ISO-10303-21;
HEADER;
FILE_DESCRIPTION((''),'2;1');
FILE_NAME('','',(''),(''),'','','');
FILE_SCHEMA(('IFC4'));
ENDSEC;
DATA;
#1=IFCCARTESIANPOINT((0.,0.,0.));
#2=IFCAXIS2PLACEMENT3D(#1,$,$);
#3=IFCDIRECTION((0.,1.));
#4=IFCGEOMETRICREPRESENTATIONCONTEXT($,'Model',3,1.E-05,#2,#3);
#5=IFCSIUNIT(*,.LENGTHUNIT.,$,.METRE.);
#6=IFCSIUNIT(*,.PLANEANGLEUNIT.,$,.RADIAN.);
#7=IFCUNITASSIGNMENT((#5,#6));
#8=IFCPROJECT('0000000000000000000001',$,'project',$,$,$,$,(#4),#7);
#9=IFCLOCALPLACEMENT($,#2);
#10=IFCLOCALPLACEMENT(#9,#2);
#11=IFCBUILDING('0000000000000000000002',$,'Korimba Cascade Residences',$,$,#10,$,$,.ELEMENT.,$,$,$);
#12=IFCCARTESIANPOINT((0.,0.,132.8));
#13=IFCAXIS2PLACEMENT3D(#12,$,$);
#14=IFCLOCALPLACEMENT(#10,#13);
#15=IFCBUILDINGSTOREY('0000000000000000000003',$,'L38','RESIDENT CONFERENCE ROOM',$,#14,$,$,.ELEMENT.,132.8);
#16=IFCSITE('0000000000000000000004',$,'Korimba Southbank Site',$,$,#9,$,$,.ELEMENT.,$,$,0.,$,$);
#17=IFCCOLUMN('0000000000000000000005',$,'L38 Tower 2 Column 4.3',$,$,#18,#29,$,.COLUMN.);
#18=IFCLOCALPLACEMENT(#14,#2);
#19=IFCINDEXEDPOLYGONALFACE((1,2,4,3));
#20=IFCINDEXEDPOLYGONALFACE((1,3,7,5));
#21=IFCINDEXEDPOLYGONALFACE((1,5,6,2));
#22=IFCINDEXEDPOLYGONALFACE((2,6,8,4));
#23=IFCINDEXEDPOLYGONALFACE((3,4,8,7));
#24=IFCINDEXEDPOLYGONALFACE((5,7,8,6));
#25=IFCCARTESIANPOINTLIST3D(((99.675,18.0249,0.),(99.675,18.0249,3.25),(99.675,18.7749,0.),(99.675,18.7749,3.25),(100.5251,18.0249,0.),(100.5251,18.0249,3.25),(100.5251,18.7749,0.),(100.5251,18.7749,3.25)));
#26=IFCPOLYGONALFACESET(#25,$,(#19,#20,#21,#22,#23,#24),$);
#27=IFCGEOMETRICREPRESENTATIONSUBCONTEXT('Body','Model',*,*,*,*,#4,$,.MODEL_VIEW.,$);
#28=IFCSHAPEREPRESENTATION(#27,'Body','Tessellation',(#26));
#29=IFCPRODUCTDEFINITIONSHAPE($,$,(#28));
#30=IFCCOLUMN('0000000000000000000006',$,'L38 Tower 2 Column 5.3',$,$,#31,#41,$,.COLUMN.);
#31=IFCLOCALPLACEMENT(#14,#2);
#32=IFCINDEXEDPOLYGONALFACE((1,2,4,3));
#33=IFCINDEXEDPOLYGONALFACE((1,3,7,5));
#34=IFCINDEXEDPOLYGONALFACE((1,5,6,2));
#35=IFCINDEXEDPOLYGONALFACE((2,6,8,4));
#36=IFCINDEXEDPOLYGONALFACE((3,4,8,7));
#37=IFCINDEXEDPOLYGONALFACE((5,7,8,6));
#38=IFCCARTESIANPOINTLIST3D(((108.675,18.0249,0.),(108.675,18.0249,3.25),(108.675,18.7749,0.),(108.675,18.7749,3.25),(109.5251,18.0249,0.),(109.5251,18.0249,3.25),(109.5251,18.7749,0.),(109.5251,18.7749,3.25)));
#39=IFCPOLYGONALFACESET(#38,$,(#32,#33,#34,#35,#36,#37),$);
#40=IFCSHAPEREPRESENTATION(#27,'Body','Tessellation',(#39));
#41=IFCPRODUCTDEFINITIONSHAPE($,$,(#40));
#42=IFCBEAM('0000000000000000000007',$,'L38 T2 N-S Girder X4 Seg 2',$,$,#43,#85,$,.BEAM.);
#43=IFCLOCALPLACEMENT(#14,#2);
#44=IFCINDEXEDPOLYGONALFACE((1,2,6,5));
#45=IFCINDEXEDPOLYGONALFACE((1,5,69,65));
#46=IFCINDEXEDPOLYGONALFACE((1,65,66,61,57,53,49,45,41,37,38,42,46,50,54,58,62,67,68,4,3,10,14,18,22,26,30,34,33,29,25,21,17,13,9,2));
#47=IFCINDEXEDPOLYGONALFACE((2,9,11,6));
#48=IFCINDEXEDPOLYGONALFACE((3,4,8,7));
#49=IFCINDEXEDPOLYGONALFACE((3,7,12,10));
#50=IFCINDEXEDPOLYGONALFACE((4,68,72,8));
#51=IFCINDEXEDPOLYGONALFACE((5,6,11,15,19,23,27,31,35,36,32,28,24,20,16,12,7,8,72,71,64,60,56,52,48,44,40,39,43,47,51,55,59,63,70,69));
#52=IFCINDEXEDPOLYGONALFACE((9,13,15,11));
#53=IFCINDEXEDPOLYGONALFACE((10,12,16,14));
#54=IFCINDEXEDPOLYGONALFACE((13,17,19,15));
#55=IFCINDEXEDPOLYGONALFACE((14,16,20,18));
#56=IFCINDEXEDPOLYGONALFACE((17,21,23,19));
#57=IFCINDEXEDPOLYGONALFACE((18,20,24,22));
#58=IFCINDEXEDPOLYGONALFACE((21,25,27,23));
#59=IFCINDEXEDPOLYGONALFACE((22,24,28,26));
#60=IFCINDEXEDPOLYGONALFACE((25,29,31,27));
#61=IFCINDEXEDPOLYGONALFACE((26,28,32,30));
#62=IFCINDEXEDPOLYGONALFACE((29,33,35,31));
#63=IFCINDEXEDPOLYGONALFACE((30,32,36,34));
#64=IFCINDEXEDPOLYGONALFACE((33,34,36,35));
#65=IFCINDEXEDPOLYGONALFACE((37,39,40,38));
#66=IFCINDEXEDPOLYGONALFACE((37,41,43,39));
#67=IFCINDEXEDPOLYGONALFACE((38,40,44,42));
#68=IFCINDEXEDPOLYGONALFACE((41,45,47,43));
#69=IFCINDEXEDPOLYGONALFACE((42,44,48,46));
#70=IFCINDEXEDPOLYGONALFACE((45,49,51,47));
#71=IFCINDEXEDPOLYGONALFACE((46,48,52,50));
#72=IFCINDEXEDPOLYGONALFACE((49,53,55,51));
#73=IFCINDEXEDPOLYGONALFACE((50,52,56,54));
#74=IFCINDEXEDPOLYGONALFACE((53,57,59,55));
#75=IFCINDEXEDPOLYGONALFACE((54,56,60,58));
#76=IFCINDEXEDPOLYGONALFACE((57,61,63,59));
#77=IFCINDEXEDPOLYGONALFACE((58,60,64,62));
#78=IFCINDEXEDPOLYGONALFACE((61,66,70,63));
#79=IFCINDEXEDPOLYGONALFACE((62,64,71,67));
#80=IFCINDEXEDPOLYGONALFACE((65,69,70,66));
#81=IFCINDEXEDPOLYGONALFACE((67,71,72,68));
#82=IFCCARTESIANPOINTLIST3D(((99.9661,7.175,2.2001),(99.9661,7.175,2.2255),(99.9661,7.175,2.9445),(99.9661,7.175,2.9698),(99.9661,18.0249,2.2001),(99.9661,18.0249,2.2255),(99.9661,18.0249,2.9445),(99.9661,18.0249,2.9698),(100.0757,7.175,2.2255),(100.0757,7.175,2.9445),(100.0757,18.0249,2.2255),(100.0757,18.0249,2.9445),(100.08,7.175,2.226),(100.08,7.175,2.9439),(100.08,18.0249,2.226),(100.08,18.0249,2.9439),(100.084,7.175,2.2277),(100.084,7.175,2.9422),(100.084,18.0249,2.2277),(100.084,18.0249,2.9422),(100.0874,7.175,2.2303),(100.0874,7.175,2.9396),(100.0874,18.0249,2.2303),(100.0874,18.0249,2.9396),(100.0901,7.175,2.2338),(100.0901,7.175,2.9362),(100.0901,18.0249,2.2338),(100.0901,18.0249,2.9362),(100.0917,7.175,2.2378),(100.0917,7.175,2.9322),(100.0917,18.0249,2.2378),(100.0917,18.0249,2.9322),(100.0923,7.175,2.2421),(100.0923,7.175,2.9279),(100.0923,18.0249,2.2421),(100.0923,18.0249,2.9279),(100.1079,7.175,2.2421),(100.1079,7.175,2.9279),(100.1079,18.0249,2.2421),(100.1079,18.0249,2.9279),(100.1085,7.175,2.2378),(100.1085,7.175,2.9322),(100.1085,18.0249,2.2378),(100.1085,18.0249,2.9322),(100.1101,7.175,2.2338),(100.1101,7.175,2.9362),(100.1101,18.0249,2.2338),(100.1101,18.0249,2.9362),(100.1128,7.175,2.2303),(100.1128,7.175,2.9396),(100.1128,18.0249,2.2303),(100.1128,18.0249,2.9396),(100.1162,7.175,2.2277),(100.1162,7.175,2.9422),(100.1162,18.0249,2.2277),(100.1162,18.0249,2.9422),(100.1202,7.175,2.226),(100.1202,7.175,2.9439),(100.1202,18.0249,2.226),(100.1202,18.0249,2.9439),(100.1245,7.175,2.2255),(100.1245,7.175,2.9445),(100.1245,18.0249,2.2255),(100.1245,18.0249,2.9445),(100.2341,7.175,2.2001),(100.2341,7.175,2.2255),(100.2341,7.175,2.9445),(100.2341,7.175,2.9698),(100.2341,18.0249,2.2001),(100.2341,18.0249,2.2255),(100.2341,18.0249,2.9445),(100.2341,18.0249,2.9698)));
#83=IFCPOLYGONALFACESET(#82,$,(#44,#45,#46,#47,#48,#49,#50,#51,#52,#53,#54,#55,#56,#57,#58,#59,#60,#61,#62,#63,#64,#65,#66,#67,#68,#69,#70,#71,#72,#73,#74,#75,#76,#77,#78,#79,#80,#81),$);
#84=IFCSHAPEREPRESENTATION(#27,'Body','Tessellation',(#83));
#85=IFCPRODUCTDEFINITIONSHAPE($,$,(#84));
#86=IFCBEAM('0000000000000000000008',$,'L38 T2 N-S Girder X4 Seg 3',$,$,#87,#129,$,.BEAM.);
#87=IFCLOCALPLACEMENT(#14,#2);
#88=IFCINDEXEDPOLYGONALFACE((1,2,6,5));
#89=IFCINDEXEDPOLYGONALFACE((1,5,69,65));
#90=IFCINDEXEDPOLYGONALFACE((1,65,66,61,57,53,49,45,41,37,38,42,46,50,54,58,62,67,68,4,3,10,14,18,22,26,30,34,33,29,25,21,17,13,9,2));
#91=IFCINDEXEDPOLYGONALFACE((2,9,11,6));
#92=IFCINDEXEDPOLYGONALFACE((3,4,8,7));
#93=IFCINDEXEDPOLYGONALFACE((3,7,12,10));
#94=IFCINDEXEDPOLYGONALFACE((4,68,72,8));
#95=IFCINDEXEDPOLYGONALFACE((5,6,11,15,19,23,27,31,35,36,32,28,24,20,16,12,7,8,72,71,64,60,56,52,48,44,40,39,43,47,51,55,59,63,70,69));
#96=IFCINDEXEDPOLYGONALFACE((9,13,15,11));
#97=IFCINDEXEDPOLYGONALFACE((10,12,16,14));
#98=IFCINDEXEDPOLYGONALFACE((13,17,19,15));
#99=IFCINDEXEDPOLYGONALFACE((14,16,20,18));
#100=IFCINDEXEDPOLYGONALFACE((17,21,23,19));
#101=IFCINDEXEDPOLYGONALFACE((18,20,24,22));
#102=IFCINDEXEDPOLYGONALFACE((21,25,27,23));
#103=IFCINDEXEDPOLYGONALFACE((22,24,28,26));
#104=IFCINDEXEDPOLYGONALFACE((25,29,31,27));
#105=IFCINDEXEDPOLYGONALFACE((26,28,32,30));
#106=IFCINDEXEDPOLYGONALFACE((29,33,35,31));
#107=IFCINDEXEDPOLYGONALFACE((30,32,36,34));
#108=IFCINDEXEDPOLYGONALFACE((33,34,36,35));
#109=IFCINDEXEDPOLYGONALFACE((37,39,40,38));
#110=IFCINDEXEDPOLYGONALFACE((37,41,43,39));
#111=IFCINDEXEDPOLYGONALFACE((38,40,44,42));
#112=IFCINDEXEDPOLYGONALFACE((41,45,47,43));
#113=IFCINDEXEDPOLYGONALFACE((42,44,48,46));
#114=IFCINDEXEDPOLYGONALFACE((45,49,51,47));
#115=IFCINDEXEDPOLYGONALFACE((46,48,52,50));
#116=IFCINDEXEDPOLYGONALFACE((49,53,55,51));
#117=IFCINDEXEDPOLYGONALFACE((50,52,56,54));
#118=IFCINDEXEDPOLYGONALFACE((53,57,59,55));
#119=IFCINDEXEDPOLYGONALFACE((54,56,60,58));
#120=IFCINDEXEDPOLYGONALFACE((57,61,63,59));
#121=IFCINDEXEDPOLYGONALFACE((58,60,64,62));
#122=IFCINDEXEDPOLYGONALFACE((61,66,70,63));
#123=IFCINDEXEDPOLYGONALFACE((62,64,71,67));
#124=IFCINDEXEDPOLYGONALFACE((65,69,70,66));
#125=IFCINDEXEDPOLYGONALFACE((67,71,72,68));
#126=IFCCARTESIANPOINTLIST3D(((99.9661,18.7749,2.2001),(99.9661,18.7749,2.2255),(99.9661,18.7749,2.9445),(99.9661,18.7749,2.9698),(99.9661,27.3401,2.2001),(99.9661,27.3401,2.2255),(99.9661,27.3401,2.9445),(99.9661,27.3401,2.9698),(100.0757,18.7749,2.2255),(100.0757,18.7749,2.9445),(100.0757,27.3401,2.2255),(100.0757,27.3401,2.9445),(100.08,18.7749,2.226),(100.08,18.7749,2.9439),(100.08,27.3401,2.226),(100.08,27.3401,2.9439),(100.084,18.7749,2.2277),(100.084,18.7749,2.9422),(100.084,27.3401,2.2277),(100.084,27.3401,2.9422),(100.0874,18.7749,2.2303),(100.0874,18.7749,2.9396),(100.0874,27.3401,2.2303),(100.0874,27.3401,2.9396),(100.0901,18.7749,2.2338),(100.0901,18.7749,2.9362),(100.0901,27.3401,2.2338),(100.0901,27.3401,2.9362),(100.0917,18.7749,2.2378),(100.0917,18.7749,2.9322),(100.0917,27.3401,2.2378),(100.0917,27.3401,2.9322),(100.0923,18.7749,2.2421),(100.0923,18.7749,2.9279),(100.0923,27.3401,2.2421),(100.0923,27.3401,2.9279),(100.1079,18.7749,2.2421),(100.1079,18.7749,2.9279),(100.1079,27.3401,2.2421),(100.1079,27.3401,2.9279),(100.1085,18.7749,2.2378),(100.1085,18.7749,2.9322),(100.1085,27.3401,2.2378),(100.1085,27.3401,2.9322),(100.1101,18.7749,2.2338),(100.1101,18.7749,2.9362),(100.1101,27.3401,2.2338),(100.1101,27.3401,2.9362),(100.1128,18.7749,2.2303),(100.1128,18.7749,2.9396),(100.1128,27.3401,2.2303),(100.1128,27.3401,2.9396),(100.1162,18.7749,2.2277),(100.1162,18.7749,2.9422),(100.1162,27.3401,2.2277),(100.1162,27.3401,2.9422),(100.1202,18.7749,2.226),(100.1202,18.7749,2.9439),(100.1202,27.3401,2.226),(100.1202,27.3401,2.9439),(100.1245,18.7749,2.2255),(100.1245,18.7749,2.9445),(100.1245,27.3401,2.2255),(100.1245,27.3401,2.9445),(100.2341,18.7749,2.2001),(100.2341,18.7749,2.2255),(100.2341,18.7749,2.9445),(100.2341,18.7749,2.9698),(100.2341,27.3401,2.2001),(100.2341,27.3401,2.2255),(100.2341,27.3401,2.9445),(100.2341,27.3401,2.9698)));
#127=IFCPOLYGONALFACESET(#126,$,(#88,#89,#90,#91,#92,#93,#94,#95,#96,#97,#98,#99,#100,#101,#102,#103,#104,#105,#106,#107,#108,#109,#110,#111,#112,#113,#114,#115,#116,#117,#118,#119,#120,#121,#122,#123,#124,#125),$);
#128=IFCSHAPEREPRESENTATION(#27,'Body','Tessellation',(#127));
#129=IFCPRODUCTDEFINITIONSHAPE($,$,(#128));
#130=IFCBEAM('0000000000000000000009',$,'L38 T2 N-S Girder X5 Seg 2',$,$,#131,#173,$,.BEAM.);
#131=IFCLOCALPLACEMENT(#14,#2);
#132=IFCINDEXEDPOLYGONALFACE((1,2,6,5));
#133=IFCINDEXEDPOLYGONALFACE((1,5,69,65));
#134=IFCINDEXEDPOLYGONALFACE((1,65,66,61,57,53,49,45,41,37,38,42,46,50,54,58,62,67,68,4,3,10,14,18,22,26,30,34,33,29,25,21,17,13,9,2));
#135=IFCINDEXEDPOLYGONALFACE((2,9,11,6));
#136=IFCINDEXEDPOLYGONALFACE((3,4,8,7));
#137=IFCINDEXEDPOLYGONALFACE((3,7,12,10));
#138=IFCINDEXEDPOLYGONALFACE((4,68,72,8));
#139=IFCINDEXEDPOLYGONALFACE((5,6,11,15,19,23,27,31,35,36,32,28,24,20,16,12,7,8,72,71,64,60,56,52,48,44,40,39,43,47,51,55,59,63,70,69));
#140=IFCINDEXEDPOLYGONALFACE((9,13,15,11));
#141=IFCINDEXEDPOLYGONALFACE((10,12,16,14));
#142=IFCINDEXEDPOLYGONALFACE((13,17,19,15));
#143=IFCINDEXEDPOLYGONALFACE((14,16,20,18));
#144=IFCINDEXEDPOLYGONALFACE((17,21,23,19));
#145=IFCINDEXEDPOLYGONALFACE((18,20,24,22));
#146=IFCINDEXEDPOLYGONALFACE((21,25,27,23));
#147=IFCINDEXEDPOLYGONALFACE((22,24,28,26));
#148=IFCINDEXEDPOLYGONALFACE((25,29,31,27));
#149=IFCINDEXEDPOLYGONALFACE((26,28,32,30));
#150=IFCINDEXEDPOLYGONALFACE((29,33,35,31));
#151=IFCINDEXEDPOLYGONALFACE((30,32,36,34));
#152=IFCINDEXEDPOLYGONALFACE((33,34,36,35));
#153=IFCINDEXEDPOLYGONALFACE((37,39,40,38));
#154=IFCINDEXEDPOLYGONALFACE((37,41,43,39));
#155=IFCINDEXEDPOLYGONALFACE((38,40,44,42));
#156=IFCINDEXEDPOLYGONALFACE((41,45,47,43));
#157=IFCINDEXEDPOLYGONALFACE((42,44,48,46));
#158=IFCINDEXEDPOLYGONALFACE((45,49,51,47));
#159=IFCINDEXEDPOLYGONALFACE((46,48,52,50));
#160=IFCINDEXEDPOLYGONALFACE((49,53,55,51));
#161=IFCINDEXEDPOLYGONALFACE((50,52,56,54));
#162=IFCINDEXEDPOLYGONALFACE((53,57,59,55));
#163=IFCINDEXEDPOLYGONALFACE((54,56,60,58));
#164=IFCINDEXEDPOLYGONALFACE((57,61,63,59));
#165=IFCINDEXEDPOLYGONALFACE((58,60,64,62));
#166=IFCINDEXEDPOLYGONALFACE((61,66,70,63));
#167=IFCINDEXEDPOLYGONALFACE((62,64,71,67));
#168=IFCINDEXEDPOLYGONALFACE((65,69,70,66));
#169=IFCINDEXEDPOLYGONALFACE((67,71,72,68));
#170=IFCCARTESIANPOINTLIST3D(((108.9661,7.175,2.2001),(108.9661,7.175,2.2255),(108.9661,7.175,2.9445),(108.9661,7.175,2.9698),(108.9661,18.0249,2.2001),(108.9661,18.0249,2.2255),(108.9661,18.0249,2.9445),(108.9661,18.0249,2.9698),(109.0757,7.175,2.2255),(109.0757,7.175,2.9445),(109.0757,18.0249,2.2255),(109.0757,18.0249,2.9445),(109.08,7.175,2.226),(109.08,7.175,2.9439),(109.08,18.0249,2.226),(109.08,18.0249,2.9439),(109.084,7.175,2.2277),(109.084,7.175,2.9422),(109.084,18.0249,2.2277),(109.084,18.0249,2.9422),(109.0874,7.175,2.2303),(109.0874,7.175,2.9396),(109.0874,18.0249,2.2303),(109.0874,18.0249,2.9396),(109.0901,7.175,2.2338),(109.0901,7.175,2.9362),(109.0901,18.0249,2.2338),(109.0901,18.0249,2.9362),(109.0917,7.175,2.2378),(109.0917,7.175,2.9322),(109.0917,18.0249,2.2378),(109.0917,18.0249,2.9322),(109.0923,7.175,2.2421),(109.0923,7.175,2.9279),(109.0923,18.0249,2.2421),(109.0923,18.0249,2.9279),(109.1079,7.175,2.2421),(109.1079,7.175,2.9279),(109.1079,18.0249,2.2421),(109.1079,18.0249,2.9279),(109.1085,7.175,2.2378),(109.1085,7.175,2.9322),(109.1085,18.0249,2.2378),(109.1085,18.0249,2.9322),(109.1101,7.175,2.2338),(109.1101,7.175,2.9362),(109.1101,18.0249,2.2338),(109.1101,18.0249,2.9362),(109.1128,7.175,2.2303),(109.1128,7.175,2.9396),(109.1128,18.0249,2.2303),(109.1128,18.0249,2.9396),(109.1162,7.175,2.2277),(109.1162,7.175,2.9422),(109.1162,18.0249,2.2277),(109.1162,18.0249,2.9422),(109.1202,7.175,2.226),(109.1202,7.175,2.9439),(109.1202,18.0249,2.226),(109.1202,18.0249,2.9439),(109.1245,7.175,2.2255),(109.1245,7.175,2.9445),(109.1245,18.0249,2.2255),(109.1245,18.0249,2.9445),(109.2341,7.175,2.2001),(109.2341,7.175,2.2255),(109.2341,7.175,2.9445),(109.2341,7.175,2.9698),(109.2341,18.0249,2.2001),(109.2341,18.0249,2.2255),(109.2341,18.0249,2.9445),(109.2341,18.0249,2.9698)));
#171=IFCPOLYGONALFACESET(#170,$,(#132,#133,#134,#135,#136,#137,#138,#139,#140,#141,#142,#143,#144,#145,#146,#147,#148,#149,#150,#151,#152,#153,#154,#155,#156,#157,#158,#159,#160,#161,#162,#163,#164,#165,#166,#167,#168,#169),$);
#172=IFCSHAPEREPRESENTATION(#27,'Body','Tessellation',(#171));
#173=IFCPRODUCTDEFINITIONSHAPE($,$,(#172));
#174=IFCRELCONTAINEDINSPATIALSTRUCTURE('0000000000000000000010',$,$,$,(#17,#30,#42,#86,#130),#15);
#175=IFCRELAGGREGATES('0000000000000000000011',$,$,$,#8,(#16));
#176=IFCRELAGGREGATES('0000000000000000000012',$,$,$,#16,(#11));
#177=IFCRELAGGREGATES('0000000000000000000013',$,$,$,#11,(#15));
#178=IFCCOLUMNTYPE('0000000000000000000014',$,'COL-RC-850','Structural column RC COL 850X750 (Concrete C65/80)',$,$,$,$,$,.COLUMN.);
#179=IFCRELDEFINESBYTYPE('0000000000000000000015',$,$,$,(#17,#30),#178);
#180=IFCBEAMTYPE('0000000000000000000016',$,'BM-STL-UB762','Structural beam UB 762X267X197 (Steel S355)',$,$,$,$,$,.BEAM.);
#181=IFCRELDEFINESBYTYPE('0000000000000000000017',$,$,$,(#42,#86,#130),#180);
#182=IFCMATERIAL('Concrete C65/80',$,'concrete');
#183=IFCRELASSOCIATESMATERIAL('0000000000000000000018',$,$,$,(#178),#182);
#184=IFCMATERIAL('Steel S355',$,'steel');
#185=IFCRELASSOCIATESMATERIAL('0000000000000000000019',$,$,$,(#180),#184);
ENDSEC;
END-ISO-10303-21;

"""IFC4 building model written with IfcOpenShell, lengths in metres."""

from ifc_helpers import new_model, si_unit, direction, frame, origin, origin_2d, place, context, subcontext, project, spatial, rectangle, i_section, extrude, material, material_profile, profile_set, type_object, element, save


model = new_model("IFC4")

# Units and contexts
model_context = context("Model", 3, precision=1e-05, world=origin(), true_north=direction((0.0, 1.0)))
body_context = subcontext(model_context, "Body", "Model", "MODEL_VIEW")
ifc_project = project(units=[si_unit("LENGTHUNIT", "METRE"), si_unit("PLANEANGLEUNIT", "RADIAN")], contexts=[model_context])

# Site, building, storey
site_placement = place(None, origin())
site = spatial("IfcSite", under=ifc_project, at=site_placement, Name="Korimba Southbank Site", CompositionType="ELEMENT", RefElevation=0.0)
building_placement = place(site_placement, origin())
building = spatial("IfcBuilding", under=site, at=building_placement, Name="Korimba Cascade Residences", CompositionType="ELEMENT")
storey_placement = place(building_placement, frame((0.0, 0.0, 132.8)))
storey = spatial("IfcBuildingStorey", under=building, at=storey_placement, Name="L38", Description="RESIDENT CONFERENCE ROOM", CompositionType="ELEMENT", Elevation=132.8)

# Columns
ifc_material_1 = material(Name="Concrete C65/80", Category="concrete")
ifc_material_profile_1 = material_profile(ifc_material_1, rectangle(XDim=0.8501, YDim=0.75, at=origin_2d()), Name="Concrete C65/80")
ifc_profile_set_1 = profile_set([ifc_material_profile_1], Name="Concrete C65/80")
column_type = type_object("IfcColumnType", Name="COL-RC-850", Description="Structural column RC COL 850X750 (Concrete C65/80)", PredefinedType="COLUMN", material=ifc_profile_set_1)
for number, where, z_axis, x_axis, name in (
    (1, (100.1001, 18.3999, 0.0), (0.0, 0.0, 1.0), (1.0, 0.0, 0.0), "L38 Tower 2 Column 4.3"),
    (2, (109.1001, 18.3999, 0.0), (0.0, 0.0, 1.0), (1.0, 0.0, 0.0), "L38 Tower 2 Column 5.3"),
):
    element("IfcColumn", number, at=place(storey_placement, frame(where, z_axis=z_axis, x_axis=x_axis)), inside=storey, type_object=column_type, Name=name, PredefinedType="COLUMN", context=body_context, shape_type="SweptSolid", body=[
        extrude(rectangle(XDim=0.8501, YDim=0.75, at=origin_2d()), origin(), (0.0, 0.0, 1.0), 3.25),
    ])

# Beams
ifc_material_2 = material(Name="Steel S355", Category="steel")
ifc_material_profile_2 = material_profile(ifc_material_2, i_section(OverallWidth=0.2681, OverallDepth=0.7698, WebThickness=0.0156, FlangeThickness=0.0254, FilletRadius=0.0166, at=origin_2d()), Name="Steel S355")
ifc_profile_set_2 = profile_set([ifc_material_profile_2], Name="Steel S355")
beam_type = type_object("IfcBeamType", Name="BM-STL-UB762", Description="Structural beam UB 762X267X197 (Steel S355)", PredefinedType="BEAM", material=ifc_profile_set_2)
beam_1_placement = place(storey_placement, frame((100.1001, 7.175, 2.585), z_axis=(0.0, 1.0, 0.0), x_axis=(-1.0, 0.0, 0.0)))
element("IfcBeam", 3, at=beam_1_placement, inside=storey, type_object=beam_type, Name="L38 T2 N-S Girder X4 Seg 2", PredefinedType="BEAM", context=body_context, shape_type="SweptSolid", body=[
    extrude(i_section(OverallWidth=0.2681, OverallDepth=0.7698, WebThickness=0.0156, FlangeThickness=0.0254, FilletRadius=0.0166, at=origin_2d()), origin(), (0.0, 0.0, 1.0), 10.8499),
])
beam_2_placement = place(storey_placement, frame((100.1001, 18.7749, 2.585), z_axis=(0.0, 1.0, 0.0), x_axis=(-1.0, 0.0, 0.0)))
element("IfcBeam", 4, at=beam_2_placement, inside=storey, type_object=beam_type, Name="L38 T2 N-S Girder X4 Seg 3", PredefinedType="BEAM", context=body_context, shape_type="SweptSolid", body=[
    extrude(i_section(OverallWidth=0.2681, OverallDepth=0.7698, WebThickness=0.0156, FlangeThickness=0.0254, FilletRadius=0.0166, at=origin_2d()), origin(), (0.0, 0.0, 1.0), 8.5652),
])
beam_3_placement = place(storey_placement, frame((109.1001, 7.175, 2.585), z_axis=(0.0, 1.0, 0.0), x_axis=(-1.0, 0.0, 0.0)))
element("IfcBeam", 5, at=beam_3_placement, inside=storey, type_object=beam_type, Name="L38 T2 N-S Girder X5 Seg 2", PredefinedType="BEAM", context=body_context, shape_type="SweptSolid", body=[
    extrude(i_section(OverallWidth=0.2681, OverallDepth=0.7698, WebThickness=0.0156, FlangeThickness=0.0254, FilletRadius=0.0166, at=origin_2d()), origin(), (0.0, 0.0, 1.0), 10.8499),
])

save(model, "model.ifc")
